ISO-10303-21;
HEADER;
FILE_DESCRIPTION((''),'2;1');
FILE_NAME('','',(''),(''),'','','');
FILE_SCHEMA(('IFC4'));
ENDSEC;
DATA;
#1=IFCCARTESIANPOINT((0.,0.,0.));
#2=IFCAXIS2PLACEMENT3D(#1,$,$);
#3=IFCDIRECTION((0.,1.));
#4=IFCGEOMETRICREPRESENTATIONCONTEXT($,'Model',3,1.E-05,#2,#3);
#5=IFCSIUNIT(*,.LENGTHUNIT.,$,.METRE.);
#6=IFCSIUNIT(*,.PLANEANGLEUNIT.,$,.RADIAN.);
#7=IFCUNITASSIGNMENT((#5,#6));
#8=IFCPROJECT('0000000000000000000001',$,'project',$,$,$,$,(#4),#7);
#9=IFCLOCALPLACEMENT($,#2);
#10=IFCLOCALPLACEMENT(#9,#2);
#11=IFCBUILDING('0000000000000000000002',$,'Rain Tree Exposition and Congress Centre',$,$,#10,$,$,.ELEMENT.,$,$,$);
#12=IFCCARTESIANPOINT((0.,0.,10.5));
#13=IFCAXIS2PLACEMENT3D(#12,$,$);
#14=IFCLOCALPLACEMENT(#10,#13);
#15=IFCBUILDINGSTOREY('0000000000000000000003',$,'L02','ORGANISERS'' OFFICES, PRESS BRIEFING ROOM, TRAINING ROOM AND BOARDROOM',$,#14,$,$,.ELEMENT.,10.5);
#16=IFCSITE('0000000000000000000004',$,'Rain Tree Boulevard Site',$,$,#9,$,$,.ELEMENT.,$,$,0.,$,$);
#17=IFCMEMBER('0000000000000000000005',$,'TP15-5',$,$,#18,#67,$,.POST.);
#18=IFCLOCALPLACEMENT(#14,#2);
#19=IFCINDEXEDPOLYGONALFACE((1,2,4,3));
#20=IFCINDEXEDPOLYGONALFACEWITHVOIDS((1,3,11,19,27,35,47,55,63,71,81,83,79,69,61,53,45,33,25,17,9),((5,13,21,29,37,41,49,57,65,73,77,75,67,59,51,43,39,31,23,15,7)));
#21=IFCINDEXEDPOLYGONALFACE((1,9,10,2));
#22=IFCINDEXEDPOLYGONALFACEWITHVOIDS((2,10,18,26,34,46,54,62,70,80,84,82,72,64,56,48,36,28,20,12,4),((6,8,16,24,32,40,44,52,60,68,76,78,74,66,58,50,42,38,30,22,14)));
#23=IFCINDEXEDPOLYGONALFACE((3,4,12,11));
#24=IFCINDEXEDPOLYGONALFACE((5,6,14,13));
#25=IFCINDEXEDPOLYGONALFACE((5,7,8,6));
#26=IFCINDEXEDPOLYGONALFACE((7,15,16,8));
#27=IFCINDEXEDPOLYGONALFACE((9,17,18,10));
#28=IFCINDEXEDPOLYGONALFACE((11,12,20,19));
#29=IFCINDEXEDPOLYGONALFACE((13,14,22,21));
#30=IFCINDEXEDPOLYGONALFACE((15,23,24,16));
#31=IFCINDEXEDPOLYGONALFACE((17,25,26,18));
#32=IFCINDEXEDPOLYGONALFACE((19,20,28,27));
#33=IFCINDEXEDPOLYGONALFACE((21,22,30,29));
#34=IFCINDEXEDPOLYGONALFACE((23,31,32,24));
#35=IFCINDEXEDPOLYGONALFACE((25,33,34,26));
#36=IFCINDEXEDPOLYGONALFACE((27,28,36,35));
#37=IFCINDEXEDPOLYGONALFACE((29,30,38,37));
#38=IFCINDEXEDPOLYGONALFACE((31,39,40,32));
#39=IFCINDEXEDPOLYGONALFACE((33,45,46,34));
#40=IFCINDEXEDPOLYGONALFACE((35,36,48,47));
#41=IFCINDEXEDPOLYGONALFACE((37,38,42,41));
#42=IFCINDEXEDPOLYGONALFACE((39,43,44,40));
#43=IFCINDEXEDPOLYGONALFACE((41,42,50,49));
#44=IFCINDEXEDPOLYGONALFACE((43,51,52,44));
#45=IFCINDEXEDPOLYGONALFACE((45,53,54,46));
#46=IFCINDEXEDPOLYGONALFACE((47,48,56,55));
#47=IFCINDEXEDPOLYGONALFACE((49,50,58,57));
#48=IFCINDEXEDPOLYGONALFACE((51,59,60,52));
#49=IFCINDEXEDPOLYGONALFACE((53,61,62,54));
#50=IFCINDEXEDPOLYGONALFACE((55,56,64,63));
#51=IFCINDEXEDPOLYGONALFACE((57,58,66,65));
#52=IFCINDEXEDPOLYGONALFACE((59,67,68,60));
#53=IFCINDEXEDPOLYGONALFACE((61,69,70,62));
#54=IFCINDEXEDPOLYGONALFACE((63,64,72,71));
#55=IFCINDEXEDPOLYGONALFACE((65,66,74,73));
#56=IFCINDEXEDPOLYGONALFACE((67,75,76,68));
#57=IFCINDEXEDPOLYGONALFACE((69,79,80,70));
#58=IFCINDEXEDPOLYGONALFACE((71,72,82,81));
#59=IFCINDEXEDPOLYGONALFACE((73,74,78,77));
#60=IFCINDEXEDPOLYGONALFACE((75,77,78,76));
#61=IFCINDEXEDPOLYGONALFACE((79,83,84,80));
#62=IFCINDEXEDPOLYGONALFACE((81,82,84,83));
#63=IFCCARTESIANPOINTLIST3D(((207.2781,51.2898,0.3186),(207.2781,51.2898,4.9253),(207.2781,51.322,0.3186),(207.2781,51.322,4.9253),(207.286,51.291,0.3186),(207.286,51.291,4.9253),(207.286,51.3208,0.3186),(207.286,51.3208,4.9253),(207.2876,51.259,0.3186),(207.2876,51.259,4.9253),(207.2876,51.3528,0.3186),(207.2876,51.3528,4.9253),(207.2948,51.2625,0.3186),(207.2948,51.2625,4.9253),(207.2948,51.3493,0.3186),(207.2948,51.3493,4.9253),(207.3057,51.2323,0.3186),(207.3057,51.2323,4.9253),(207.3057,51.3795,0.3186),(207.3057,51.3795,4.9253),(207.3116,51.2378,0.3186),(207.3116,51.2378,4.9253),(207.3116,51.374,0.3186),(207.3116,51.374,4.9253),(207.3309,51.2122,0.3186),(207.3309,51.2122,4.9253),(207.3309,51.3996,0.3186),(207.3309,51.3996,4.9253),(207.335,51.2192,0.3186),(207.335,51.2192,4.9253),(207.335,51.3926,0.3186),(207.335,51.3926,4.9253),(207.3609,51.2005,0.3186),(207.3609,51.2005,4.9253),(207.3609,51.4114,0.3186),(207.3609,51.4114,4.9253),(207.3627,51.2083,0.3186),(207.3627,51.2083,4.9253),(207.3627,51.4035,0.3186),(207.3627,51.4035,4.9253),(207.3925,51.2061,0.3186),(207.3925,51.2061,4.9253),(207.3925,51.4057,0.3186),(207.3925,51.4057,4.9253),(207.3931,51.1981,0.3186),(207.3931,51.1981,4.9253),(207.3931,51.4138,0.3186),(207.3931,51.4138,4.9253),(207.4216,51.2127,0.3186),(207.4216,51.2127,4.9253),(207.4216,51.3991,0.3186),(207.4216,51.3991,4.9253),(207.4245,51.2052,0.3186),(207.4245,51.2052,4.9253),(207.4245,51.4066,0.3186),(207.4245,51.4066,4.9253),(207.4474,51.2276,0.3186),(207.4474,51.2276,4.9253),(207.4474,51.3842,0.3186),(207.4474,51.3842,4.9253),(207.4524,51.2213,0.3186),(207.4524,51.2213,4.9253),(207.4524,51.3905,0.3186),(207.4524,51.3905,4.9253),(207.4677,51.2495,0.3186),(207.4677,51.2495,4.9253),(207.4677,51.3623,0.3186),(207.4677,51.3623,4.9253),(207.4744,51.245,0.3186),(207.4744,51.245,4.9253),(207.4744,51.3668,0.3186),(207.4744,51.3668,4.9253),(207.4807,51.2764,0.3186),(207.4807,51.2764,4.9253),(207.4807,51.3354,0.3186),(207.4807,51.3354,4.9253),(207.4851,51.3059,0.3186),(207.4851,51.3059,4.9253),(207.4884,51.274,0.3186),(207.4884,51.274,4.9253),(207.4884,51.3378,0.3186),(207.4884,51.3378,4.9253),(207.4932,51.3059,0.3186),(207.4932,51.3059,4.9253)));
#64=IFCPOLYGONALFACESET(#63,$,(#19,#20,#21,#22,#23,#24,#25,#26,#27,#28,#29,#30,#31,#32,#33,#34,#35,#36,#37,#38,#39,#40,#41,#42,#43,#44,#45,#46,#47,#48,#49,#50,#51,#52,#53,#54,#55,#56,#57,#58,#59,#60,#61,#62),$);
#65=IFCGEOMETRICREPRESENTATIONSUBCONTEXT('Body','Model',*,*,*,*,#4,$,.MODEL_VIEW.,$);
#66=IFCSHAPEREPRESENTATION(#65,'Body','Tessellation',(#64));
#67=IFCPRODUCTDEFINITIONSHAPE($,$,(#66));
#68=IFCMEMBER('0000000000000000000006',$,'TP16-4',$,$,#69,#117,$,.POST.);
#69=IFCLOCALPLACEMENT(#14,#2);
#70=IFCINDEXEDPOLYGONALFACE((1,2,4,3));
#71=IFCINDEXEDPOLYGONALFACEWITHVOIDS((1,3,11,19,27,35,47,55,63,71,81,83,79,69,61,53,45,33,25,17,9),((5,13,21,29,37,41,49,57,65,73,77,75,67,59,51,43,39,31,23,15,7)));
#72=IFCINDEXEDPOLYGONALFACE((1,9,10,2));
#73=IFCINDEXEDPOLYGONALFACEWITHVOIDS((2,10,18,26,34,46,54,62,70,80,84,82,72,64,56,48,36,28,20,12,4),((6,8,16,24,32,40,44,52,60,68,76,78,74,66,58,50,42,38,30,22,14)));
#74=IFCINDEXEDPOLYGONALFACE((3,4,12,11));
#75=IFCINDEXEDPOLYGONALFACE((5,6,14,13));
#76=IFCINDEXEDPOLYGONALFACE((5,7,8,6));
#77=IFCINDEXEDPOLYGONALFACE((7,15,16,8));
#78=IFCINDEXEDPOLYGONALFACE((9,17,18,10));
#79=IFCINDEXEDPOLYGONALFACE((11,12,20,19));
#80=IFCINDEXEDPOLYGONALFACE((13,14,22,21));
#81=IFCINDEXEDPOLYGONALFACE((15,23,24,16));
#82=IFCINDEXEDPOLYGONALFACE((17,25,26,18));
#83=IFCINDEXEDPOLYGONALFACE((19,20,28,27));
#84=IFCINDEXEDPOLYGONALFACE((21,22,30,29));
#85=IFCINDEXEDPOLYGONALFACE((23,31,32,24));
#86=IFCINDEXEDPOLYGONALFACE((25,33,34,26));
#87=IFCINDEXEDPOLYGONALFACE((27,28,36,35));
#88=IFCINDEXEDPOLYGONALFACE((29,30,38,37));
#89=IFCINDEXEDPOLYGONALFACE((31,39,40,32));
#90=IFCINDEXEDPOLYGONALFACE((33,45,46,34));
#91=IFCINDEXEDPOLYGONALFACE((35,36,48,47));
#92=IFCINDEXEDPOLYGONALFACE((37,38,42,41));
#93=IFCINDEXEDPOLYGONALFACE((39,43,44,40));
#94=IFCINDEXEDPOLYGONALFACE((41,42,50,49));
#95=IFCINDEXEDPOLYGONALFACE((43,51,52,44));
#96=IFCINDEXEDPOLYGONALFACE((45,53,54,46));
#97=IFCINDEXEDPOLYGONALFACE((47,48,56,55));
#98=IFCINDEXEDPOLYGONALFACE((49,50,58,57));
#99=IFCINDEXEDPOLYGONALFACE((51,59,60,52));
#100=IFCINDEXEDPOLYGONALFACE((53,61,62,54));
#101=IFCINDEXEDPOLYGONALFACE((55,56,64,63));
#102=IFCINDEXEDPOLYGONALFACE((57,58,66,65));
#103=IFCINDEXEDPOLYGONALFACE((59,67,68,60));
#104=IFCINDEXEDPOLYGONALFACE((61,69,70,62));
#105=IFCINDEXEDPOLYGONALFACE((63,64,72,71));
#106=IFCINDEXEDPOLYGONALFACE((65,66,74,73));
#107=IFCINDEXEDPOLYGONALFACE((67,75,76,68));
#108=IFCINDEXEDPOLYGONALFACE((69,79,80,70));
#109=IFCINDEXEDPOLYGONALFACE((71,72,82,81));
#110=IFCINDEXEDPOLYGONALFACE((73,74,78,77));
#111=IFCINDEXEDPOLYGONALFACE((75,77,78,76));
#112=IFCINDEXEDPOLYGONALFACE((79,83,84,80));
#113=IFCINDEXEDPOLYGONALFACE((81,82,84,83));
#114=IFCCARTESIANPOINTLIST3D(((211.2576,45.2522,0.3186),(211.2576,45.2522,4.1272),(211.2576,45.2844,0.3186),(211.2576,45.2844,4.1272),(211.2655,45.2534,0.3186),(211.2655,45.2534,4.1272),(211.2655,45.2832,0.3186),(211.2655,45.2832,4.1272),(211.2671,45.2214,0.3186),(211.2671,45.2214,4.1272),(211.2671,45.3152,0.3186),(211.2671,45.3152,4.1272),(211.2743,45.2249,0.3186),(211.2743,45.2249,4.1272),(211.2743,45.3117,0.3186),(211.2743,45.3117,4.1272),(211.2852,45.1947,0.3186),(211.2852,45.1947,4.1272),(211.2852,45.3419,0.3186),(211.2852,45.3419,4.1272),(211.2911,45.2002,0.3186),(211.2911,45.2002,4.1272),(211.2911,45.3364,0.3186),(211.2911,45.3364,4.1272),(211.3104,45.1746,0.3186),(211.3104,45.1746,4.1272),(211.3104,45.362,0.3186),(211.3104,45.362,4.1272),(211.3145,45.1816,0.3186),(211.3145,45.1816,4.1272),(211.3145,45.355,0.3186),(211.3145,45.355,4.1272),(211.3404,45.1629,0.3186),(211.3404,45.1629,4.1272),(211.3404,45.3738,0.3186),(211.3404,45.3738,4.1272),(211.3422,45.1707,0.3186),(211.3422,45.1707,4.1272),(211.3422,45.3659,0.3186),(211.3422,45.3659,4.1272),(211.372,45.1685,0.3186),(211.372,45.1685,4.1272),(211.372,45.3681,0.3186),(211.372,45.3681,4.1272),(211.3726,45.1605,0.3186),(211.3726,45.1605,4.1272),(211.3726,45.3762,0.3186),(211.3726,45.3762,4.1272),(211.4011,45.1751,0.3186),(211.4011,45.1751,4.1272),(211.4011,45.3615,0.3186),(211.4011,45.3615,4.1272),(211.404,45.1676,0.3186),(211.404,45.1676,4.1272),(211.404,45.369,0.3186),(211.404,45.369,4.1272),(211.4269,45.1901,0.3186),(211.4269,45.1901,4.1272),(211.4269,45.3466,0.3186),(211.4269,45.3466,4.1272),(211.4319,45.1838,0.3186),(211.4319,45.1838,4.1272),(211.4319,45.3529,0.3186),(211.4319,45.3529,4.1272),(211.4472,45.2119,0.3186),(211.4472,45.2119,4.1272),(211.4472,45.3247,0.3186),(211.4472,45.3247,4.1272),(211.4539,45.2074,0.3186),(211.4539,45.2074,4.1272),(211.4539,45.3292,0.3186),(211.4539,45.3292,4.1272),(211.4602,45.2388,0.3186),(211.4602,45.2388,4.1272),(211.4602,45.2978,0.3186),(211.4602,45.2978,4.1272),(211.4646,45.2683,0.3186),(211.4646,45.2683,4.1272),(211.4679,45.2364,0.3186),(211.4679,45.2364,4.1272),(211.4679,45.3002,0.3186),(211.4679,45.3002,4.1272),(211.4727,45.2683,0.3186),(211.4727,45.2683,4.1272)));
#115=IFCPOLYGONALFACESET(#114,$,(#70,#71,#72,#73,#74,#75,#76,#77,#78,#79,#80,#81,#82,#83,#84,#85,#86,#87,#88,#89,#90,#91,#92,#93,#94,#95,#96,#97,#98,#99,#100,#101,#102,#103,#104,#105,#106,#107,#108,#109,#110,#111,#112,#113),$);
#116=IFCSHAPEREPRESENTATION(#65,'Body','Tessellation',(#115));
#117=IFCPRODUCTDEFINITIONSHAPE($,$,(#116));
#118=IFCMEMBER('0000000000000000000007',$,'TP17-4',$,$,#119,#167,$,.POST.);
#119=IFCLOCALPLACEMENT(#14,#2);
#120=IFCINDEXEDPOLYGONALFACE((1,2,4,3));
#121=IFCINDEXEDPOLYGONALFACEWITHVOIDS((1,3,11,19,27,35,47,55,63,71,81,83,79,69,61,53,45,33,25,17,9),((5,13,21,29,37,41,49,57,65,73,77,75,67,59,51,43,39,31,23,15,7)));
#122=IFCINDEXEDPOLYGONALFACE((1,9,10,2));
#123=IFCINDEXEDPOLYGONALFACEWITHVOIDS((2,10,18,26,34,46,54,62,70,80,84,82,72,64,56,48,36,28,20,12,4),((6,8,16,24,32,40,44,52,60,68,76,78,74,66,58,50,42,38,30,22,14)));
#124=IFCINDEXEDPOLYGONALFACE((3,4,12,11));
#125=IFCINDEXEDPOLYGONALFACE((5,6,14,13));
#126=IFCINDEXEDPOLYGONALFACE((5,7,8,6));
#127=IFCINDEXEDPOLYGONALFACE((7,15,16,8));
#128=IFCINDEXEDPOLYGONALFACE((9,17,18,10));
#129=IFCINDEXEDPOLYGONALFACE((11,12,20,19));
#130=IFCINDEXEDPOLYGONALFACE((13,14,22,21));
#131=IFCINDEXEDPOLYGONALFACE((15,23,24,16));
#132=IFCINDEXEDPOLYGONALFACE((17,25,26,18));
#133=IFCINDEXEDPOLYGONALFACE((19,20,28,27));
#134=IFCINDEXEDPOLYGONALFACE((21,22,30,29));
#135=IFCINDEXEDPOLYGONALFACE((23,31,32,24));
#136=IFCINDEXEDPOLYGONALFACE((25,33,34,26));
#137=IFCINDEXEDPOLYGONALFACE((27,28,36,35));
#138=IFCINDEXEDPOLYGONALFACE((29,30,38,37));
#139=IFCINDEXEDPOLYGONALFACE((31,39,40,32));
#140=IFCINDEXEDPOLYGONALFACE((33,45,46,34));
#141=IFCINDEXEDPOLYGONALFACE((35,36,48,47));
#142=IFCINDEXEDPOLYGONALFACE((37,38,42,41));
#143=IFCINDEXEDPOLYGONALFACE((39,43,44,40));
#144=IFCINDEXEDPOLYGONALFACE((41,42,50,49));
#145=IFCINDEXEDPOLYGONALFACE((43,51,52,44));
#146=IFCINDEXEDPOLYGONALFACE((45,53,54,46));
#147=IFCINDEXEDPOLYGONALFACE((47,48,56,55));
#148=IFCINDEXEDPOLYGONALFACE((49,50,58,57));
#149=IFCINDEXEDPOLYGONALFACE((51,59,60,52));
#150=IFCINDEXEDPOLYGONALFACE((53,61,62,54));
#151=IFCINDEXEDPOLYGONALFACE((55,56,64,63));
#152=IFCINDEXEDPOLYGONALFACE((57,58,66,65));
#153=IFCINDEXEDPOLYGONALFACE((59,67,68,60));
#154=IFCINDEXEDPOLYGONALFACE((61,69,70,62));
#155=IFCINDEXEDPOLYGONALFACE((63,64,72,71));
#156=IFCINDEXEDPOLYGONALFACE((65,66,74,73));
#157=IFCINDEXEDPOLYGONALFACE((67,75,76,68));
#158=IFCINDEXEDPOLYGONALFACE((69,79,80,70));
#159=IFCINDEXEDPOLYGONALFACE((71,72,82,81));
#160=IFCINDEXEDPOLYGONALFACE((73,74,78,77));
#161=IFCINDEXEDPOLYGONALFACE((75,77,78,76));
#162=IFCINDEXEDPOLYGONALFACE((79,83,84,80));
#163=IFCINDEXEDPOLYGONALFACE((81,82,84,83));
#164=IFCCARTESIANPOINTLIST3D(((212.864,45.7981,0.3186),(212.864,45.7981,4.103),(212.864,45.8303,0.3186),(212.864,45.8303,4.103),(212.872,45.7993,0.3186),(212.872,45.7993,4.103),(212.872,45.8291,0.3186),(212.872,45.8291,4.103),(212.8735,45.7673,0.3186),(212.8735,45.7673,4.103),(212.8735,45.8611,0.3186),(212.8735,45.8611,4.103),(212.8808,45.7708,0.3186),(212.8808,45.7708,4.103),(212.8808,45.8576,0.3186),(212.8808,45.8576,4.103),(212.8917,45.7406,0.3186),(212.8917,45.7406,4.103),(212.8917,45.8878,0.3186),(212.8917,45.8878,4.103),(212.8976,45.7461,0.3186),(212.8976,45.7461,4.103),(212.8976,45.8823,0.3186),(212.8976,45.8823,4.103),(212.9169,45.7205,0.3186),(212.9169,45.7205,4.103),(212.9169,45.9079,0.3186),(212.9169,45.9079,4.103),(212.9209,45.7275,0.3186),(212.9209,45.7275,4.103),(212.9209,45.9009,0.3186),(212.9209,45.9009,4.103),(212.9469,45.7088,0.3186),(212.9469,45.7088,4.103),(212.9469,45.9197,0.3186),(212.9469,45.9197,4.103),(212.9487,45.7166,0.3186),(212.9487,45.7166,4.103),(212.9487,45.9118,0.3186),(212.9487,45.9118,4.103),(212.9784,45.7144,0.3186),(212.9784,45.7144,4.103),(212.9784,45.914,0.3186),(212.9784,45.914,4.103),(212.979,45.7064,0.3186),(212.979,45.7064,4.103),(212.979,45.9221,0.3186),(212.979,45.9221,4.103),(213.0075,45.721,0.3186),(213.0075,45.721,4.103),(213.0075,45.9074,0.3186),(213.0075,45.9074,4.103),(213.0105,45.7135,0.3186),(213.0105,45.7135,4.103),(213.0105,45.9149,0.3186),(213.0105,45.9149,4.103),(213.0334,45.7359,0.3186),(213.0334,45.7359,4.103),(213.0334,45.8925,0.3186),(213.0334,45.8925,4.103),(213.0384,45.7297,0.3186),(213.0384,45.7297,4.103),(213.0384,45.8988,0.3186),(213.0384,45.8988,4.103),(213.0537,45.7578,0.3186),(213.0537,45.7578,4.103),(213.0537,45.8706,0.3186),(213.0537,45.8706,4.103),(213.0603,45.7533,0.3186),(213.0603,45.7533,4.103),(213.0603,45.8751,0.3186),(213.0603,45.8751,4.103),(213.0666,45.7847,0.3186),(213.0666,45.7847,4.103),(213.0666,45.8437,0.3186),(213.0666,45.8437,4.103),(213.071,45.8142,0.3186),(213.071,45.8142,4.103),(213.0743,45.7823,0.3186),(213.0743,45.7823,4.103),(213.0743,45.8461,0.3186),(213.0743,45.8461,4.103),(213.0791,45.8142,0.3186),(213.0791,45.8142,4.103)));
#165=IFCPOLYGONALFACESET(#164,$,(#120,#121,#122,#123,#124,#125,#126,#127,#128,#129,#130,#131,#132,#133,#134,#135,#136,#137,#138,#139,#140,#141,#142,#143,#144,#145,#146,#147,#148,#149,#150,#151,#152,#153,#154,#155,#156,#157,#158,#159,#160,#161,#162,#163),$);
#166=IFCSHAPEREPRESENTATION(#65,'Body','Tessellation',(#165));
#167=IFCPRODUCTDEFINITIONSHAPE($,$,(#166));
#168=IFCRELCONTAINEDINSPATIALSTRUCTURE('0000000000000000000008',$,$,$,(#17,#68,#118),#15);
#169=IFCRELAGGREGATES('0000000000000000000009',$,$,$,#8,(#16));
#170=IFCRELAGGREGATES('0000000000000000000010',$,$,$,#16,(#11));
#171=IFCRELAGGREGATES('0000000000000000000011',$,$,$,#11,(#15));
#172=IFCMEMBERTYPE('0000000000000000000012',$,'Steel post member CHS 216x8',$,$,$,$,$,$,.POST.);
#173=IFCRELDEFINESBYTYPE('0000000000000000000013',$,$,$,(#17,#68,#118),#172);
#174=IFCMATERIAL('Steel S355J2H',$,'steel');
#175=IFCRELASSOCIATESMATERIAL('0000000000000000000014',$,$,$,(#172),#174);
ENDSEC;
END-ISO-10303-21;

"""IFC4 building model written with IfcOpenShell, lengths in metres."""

from ifc_helpers import new_model, si_unit, direction, frame, origin, origin_2d, place, context, subcontext, project, spatial, hollow_circle, extrude, material, material_profile, profile_set, type_object, element, save


model = new_model("IFC4")

# Units and contexts
model_context = context("Model", 3, precision=1e-05, world=origin(), true_north=direction((0.0, 1.0)))
body_context = subcontext(model_context, "Body", "Model", "MODEL_VIEW")
ifc_project = project(units=[si_unit("LENGTHUNIT", "METRE"), si_unit("PLANEANGLEUNIT", "RADIAN")], contexts=[model_context])

# Site, building, storey
site_placement = place(None, origin())
site = spatial("IfcSite", under=ifc_project, at=site_placement, Name="Rain Tree Boulevard Site", CompositionType="ELEMENT", RefElevation=0.0)
building_placement = place(site_placement, origin())
building = spatial("IfcBuilding", under=site, at=building_placement, Name="Rain Tree Exposition and Congress Centre", CompositionType="ELEMENT")
storey_placement = place(building_placement, frame((0.0, 0.0, 10.5)))
storey = spatial("IfcBuildingStorey", under=building, at=storey_placement, Name="L02", Description="ORGANISERS' OFFICES, PRESS BRIEFING ROOM, TRAINING ROOM AND BOARDROOM", CompositionType="ELEMENT", Elevation=10.5)

# Members
ifc_material_1 = material(Name="Steel S355J2H", Category="steel")
ifc_material_profile_1 = material_profile(ifc_material_1, hollow_circle(Radius=0.1082, WallThickness=0.0081, at=origin_2d()), Name="CHS 216x8")
ifc_profile_set_1 = profile_set([ifc_material_profile_1], Name="Steel S355J2H")
member_type_1 = type_object("IfcMemberType", Name="Steel post member CHS 216x8", PredefinedType="POST", material=ifc_profile_set_1)
member_1_placement = place(storey_placement, frame((207.385, 51.3059, 0.3186), z_axis=(0.0, 0.0, 1.0), x_axis=(1.0, 0.0, 0.0)))
element("IfcMember", 1, at=member_1_placement, inside=storey, type_object=member_type_1, Name="TP15-5", PredefinedType="POST", context=body_context, shape_type="SweptSolid", body=[
    extrude(hollow_circle(Radius=0.1082, WallThickness=0.0081, at=origin_2d()), origin(), (0.0, 0.0, 1.0), 4.6067),
])
member_2_placement = place(storey_placement, frame((211.3645, 45.2683, 0.3186), z_axis=(0.0, 0.0, 1.0), x_axis=(1.0, 0.0, 0.0)))
element("IfcMember", 2, at=member_2_placement, inside=storey, type_object=member_type_1, Name="TP16-4", PredefinedType="POST", context=body_context, shape_type="SweptSolid", body=[
    extrude(hollow_circle(Radius=0.1082, WallThickness=0.0081, at=origin_2d()), origin(), (0.0, 0.0, 1.0), 3.8086),
])
member_3_placement = place(storey_placement, frame((212.9709, 45.8142, 0.3186), z_axis=(0.0, 0.0, 1.0), x_axis=(1.0, 0.0, 0.0)))
element("IfcMember", 3, at=member_3_placement, inside=storey, type_object=member_type_1, Name="TP17-4", PredefinedType="POST", context=body_context, shape_type="SweptSolid", body=[
    extrude(hollow_circle(Radius=0.1082, WallThickness=0.0081, at=origin_2d()), origin(), (0.0, 0.0, 1.0), 3.7844),
])

save(model, "model.ifc")
